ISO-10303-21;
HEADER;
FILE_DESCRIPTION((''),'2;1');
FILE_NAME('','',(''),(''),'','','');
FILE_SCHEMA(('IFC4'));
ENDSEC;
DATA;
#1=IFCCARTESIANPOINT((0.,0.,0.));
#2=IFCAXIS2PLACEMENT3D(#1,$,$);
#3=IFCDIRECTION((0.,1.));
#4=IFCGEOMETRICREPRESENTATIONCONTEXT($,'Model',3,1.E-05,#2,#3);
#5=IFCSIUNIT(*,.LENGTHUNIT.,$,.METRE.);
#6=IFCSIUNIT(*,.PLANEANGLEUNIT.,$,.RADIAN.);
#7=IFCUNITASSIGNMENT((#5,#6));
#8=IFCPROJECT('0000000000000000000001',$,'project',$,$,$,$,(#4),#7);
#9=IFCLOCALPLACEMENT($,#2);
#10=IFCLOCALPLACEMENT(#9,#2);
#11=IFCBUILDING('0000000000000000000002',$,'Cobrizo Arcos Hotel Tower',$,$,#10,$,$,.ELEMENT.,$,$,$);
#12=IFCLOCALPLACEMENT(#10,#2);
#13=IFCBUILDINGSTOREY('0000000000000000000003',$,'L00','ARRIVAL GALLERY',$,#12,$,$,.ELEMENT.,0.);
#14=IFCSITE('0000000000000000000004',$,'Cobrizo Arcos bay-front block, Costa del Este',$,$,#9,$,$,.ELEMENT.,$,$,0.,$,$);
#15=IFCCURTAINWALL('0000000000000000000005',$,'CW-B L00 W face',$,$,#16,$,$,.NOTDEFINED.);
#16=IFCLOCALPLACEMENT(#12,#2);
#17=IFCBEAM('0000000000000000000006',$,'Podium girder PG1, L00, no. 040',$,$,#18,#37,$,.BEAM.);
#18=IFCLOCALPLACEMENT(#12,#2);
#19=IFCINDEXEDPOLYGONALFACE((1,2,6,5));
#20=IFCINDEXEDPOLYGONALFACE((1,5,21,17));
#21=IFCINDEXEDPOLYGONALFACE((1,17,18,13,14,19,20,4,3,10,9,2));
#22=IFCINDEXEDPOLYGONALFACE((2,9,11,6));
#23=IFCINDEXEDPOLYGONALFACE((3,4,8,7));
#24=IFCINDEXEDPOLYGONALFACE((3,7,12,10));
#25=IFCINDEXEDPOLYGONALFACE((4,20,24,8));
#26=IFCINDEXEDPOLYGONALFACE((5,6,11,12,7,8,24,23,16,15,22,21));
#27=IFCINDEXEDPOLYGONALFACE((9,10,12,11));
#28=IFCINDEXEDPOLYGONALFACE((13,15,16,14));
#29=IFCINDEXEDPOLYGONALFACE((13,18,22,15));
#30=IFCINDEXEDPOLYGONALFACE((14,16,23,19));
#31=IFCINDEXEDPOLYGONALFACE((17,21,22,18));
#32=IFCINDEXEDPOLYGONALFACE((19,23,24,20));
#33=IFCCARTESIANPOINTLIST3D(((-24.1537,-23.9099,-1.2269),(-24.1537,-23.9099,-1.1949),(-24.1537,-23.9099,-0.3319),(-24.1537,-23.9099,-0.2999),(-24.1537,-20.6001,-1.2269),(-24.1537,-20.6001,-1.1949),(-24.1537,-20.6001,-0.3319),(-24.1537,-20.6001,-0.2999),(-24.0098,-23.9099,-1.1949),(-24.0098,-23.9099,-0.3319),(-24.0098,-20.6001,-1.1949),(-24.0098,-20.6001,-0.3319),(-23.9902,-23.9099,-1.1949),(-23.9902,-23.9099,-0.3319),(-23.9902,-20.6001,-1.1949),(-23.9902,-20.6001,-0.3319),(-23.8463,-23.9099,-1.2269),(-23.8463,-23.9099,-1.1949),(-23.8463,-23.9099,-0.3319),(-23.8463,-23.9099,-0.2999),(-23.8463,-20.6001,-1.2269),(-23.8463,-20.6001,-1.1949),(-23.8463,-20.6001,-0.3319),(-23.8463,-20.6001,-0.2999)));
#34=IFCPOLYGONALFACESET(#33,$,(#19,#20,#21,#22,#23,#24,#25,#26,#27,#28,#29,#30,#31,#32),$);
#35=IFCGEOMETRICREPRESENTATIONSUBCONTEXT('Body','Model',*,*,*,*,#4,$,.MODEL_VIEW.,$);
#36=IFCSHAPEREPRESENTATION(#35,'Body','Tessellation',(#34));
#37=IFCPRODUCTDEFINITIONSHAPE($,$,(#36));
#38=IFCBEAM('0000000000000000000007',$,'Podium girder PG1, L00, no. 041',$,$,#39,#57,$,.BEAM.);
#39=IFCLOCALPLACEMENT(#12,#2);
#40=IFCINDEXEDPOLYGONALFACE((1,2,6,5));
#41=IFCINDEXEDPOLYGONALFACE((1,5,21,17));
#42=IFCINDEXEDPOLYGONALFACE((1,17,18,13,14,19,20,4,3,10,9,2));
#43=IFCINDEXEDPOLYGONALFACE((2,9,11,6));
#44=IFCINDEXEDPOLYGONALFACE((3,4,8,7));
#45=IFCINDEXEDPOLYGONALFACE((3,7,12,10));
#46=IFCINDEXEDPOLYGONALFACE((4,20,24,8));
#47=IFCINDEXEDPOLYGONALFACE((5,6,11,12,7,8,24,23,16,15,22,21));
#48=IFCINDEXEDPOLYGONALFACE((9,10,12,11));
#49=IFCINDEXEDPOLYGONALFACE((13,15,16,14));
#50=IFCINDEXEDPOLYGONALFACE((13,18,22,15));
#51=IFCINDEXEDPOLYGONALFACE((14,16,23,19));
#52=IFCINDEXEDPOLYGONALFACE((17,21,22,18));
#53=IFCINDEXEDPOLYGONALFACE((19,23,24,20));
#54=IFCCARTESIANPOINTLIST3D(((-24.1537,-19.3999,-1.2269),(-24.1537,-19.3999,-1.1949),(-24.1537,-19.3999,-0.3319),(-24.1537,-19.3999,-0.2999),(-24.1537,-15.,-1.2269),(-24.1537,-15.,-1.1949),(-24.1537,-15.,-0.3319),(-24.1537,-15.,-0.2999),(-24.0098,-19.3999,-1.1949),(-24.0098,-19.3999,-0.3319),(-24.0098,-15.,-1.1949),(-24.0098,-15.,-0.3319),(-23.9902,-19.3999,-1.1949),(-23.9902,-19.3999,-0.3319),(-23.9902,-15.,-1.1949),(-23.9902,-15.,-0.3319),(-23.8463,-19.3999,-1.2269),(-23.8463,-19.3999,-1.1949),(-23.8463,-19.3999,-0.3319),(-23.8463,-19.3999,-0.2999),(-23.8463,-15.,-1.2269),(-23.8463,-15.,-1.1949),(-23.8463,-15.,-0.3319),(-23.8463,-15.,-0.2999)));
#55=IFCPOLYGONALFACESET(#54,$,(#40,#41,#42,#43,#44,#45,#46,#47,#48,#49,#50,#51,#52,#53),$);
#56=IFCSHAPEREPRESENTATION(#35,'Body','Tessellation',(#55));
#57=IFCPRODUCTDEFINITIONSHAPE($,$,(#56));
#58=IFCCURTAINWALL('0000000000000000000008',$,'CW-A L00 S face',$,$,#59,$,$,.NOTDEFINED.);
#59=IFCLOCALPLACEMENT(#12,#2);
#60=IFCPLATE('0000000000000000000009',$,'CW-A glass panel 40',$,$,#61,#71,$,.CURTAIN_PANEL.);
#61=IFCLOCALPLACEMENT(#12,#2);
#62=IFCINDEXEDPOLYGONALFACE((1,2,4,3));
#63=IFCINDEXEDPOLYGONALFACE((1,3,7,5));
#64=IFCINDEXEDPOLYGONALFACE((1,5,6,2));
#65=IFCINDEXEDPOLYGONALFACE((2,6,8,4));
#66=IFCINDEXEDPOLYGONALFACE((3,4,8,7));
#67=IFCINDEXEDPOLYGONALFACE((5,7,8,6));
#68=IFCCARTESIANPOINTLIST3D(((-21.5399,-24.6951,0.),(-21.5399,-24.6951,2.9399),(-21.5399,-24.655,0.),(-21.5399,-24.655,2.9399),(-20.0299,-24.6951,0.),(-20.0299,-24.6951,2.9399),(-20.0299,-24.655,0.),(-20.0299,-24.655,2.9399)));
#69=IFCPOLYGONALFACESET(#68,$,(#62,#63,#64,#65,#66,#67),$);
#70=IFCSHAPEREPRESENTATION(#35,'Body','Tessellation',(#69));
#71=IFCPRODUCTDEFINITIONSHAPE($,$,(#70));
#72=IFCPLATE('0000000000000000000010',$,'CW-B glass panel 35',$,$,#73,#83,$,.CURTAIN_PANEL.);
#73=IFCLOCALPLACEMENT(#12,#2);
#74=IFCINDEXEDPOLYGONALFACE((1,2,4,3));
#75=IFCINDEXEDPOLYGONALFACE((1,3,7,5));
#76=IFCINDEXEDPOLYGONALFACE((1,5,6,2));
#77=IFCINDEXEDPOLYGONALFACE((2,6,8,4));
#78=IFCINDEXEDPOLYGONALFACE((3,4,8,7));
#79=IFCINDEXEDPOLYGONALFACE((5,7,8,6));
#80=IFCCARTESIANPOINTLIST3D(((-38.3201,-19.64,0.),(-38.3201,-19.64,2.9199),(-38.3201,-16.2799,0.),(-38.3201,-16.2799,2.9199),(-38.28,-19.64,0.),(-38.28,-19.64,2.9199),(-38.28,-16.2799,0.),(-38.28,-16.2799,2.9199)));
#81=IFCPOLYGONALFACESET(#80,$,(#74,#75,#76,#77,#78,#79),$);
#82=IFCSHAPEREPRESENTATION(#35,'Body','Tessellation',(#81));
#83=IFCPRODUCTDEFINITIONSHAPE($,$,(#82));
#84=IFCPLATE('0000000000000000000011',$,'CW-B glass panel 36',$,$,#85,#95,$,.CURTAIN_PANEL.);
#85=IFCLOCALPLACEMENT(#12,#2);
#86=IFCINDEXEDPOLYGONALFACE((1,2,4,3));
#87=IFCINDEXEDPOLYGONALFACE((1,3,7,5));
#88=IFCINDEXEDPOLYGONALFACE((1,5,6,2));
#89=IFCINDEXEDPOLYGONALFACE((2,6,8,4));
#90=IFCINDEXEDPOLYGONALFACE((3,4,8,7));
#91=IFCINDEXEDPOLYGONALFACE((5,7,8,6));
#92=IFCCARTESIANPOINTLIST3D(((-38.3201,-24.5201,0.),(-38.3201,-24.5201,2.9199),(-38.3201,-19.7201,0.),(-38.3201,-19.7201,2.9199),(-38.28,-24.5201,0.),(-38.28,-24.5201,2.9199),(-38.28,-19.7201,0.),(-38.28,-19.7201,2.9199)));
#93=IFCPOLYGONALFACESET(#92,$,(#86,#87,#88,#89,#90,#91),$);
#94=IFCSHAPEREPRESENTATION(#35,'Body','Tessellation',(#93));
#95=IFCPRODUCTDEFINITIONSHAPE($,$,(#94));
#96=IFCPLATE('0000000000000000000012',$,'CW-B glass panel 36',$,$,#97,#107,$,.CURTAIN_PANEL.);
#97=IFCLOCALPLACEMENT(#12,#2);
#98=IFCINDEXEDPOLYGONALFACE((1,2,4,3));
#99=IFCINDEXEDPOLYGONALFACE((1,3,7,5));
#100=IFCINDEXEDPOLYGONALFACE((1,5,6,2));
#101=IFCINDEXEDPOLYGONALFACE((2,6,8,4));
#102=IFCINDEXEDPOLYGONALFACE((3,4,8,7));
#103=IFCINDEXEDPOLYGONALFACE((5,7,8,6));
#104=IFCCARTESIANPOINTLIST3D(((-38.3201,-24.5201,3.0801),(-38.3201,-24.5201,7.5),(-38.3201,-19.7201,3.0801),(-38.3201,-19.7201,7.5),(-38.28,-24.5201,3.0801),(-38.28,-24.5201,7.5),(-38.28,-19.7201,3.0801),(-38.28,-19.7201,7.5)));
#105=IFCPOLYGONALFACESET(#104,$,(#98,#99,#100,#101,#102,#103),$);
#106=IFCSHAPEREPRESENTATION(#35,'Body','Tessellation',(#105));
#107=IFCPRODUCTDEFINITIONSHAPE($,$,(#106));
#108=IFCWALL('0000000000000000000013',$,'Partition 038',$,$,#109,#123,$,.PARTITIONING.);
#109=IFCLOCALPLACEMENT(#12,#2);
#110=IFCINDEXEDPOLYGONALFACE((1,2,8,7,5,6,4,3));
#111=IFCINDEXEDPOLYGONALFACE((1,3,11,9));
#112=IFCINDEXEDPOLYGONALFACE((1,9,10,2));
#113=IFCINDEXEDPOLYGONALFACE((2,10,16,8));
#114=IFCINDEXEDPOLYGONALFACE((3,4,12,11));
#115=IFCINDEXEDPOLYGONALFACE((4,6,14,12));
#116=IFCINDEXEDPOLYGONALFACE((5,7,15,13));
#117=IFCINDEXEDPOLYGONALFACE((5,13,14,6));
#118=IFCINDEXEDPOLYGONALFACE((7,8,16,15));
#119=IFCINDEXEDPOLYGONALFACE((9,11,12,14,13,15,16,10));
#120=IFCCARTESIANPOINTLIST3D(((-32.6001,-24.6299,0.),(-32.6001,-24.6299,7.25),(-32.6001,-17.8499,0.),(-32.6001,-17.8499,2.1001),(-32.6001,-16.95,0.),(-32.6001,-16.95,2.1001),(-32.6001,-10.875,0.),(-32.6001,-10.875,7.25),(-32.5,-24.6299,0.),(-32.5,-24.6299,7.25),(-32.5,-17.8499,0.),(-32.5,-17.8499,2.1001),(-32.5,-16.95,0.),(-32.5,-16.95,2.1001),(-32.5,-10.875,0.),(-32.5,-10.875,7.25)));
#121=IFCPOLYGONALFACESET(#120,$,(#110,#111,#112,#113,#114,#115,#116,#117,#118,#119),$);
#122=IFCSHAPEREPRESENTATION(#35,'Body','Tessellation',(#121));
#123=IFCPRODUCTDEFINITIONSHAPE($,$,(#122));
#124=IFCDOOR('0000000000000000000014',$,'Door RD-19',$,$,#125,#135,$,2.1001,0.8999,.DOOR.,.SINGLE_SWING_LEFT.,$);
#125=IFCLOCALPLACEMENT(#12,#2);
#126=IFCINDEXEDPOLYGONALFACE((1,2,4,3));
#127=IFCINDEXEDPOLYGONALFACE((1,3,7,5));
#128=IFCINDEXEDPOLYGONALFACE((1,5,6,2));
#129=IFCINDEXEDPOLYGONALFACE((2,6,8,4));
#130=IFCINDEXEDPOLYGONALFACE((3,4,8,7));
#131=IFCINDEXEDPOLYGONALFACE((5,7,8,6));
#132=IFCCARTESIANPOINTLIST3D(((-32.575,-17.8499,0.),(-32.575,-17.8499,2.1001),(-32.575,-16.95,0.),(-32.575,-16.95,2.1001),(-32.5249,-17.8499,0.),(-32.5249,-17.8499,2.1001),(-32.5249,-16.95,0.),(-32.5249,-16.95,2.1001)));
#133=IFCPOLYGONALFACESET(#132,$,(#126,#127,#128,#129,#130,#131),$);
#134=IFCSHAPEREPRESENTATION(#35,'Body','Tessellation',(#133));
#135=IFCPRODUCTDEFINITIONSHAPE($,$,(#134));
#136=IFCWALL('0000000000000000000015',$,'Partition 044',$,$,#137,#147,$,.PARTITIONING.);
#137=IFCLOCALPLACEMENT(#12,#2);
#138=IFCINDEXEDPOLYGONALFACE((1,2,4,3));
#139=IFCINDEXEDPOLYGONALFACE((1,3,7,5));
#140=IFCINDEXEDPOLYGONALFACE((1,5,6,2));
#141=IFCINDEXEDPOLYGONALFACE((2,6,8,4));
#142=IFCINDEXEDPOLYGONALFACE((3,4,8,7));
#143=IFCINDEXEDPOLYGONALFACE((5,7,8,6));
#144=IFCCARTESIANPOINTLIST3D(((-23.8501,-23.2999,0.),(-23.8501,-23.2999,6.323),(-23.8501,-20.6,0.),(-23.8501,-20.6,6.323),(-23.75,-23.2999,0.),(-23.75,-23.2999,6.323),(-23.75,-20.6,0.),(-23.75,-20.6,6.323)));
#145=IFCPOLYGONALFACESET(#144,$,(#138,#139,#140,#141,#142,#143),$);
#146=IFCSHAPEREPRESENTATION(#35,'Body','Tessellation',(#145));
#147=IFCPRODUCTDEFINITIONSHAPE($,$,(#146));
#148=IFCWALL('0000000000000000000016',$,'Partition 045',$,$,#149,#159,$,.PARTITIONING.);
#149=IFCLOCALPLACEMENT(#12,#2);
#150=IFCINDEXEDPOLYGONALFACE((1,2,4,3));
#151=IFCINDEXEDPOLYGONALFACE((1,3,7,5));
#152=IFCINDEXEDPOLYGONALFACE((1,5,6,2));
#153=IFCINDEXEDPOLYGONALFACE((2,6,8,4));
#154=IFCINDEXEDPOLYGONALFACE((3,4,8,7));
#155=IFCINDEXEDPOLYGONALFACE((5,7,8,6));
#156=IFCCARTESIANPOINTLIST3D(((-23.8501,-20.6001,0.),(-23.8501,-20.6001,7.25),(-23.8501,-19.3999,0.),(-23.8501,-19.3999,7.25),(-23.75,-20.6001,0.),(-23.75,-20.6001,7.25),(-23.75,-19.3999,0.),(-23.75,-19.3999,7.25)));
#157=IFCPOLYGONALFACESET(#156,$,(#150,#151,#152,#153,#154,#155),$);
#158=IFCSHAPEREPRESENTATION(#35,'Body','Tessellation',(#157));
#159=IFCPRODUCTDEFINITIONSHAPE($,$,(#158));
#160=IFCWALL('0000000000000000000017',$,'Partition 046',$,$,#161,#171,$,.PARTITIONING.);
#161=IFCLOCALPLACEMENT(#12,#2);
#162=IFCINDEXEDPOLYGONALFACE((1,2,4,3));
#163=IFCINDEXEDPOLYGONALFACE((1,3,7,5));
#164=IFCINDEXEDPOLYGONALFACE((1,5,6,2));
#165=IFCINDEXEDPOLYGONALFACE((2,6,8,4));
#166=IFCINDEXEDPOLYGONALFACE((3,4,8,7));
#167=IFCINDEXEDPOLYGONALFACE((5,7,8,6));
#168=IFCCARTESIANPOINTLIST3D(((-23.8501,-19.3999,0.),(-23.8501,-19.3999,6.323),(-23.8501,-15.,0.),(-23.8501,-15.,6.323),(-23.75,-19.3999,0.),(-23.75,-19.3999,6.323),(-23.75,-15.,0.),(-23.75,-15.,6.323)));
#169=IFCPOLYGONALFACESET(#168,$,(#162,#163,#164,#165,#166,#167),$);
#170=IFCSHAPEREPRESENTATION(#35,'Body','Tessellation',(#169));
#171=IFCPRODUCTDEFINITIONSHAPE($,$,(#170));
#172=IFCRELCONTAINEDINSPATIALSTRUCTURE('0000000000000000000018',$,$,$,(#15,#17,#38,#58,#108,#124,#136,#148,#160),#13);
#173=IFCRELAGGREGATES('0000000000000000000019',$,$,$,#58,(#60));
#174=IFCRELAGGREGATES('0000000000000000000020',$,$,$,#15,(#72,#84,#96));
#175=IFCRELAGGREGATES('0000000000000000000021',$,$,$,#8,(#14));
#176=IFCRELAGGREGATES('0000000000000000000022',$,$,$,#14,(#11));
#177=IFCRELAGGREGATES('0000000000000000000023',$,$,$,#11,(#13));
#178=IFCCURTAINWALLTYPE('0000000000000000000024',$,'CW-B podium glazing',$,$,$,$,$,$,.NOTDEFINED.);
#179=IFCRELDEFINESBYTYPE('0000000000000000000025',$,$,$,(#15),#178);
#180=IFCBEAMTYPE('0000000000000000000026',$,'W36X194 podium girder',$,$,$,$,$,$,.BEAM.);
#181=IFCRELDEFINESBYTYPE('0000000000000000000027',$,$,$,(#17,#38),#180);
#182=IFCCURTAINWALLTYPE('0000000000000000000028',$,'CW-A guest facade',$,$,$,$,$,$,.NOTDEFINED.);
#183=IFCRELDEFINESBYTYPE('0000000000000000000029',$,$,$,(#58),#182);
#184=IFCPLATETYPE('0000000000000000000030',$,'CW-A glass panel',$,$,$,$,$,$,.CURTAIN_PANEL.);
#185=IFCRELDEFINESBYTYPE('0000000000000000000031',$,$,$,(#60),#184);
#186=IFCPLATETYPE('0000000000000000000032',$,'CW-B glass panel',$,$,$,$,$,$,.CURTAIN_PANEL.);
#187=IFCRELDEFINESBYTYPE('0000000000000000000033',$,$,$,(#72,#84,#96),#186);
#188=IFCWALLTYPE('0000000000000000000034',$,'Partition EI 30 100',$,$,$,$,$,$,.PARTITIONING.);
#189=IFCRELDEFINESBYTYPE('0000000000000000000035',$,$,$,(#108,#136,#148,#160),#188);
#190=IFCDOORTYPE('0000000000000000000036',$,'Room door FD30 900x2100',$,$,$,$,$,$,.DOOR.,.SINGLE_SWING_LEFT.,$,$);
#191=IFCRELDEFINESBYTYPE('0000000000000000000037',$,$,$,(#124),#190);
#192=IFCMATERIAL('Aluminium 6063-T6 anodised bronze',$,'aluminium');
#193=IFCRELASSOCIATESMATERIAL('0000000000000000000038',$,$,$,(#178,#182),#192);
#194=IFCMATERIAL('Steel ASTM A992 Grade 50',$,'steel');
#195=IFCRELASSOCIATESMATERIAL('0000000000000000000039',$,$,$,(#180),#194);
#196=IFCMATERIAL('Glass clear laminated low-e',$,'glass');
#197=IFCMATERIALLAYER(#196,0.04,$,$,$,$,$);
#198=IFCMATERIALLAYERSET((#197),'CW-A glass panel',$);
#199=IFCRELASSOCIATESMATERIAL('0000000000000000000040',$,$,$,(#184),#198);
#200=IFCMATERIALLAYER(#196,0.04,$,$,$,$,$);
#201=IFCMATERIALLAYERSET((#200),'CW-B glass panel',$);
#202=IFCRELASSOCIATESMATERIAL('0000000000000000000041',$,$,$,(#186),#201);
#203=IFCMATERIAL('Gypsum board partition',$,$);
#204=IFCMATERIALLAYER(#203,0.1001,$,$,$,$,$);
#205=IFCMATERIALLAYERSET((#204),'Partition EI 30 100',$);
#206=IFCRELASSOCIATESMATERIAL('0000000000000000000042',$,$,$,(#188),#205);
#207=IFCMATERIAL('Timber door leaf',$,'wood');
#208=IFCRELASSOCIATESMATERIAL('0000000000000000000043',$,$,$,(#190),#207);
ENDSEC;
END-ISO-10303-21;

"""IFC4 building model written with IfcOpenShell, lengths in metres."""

from ifc_helpers import new_model, si_unit, direction, frame, frame_2d, origin, origin_2d, place, context, subcontext, project, spatial, rectangle, i_section, extrude, material, layer, layer_set, material_profile, profile_set, type_object, element, fill, aggregate, save


model = new_model("IFC4")

# Units and contexts
model_context = context("Model", 3, precision=1e-05, world=origin(), true_north=direction((0.0, 1.0)))
body_context = subcontext(model_context, "Body", "Model", "MODEL_VIEW")
ifc_project = project(units=[si_unit("LENGTHUNIT", "METRE"), si_unit("PLANEANGLEUNIT", "RADIAN")], contexts=[model_context])

# Site, building, storey
site_placement = place(None, origin())
site = spatial("IfcSite", under=ifc_project, at=site_placement, Name="Cobrizo Arcos bay-front block, Costa del Este", CompositionType="ELEMENT", RefElevation=0.0)
building_placement = place(site_placement, origin())
building = spatial("IfcBuilding", under=site, at=building_placement, Name="Cobrizo Arcos Hotel Tower", CompositionType="ELEMENT")
storey_placement = place(building_placement, origin())
storey = spatial("IfcBuildingStorey", under=building, at=storey_placement, Name="L00", Description="ARRIVAL GALLERY", CompositionType="ELEMENT", Elevation=0.0)

# Curtain wall
ifc_material_1 = material(Name="Aluminium 6063-T6 anodised bronze", Category="aluminium")
curtain_wall_type_1 = type_object("IfcCurtainWallType", Name="CW-B podium glazing", PredefinedType="NOTDEFINED", material=ifc_material_1)
curtain_wall_1_placement = place(storey_placement, origin())
curtain_wall_1 = element("IfcCurtainWall", 1, at=curtain_wall_1_placement, inside=storey, type_object=curtain_wall_type_1, Name="CW-B L00 W face", PredefinedType="NOTDEFINED")

# Beams
ifc_material_2 = material(Name="Steel ASTM A992 Grade 50", Category="steel")
ifc_material_profile_1 = material_profile(ifc_material_2, i_section(OverallWidth=0.3074, OverallDepth=0.927, WebThickness=0.0195, FlangeThickness=0.032, at=origin_2d()), Name="W36X194")
ifc_profile_set_1 = profile_set([ifc_material_profile_1], Name="Steel ASTM A992 Grade 50")
beam_type_1 = type_object("IfcBeamType", Name="W36X194 podium girder", PredefinedType="BEAM", material=ifc_profile_set_1)
beam_1_placement = place(storey_placement, frame((-24.0, -23.9099, -0.7634), z_axis=(0.0, 1.0, 0.0), x_axis=(-1.0, 0.0, 0.0)))
element("IfcBeam", 2, at=beam_1_placement, inside=storey, type_object=beam_type_1, Name="Podium girder PG1, L00, no. 040", PredefinedType="BEAM", context=body_context, shape_type="SweptSolid", body=[
    extrude(i_section(OverallWidth=0.3074, OverallDepth=0.927, WebThickness=0.0195, FlangeThickness=0.032, at=origin_2d()), origin(), (0.0, 0.0, 1.0), 3.3098),
])
beam_2_placement = place(storey_placement, frame((-24.0, -19.3999, -0.7634), z_axis=(0.0, 1.0, 0.0), x_axis=(-1.0, 0.0, 0.0)))
element("IfcBeam", 3, at=beam_2_placement, inside=storey, type_object=beam_type_1, Name="Podium girder PG1, L00, no. 041", PredefinedType="BEAM", context=body_context, shape_type="SweptSolid", body=[
    extrude(i_section(OverallWidth=0.3074, OverallDepth=0.927, WebThickness=0.0195, FlangeThickness=0.032, at=origin_2d()), origin(), (0.0, 0.0, 1.0), 4.3999),
])

# Curtain wall, plate
curtain_wall_type_2 = type_object("IfcCurtainWallType", Name="CW-A guest facade", PredefinedType="NOTDEFINED", material=ifc_material_1)
curtain_wall_2_placement = place(storey_placement, origin())
curtain_wall_2 = element("IfcCurtainWall", 4, at=curtain_wall_2_placement, inside=storey, type_object=curtain_wall_type_2, Name="CW-A L00 S face", PredefinedType="NOTDEFINED")
ifc_material_3 = material(Name="Glass clear laminated low-e", Category="glass")
ifc_layer_1 = layer(ifc_material_3, 0.04)
ifc_layer_set_1 = layer_set([ifc_layer_1], Name="CW-A glass panel")
plate_type_1 = type_object("IfcPlateType", Name="CW-A glass panel", PredefinedType="CURTAIN_PANEL", material=ifc_layer_set_1)
plate_1_placement = place(storey_placement, frame((-20.7849, -24.675, 0.0), z_axis=(0.0, 0.0, 1.0), x_axis=(1.0, 0.0, 0.0)))
plate_1 = element("IfcPlate", 5, at=plate_1_placement, type_object=plate_type_1, Name="CW-A glass panel 40", PredefinedType="CURTAIN_PANEL", context=body_context, shape_type="SweptSolid", body=[
    extrude(rectangle(XDim=1.51, YDim=0.04, at=origin_2d()), origin(), (0.0, 0.0, 1.0), 2.9399),
])
aggregate(curtain_wall_2, [plate_1])

# Plates
ifc_layer_2 = layer(ifc_material_3, 0.04)
ifc_layer_set_2 = layer_set([ifc_layer_2], Name="CW-B glass panel")
plate_type_2 = type_object("IfcPlateType", Name="CW-B glass panel", PredefinedType="CURTAIN_PANEL", material=ifc_layer_set_2)
plate_2_placement = place(storey_placement, frame((-38.3, -17.96, 0.0), z_axis=(0.0, 0.0, 1.0), x_axis=(0.0, -1.0, 0.0)))
plate_2 = element("IfcPlate", 6, at=plate_2_placement, type_object=plate_type_2, Name="CW-B glass panel 35", PredefinedType="CURTAIN_PANEL", context=body_context, shape_type="SweptSolid", body=[
    extrude(rectangle(XDim=3.3601, YDim=0.04, at=origin_2d()), origin(), (0.0, 0.0, 1.0), 2.9199),
])
plate_3_placement = place(storey_placement, frame((-38.3, -22.1201, 0.0), z_axis=(0.0, 0.0, 1.0), x_axis=(0.0, -1.0, 0.0)))
plate_3 = element("IfcPlate", 7, at=plate_3_placement, type_object=plate_type_2, Name="CW-B glass panel 36", PredefinedType="CURTAIN_PANEL", context=body_context, shape_type="SweptSolid", body=[
    extrude(rectangle(XDim=4.8, YDim=0.04, at=origin_2d()), origin(), (0.0, 0.0, 1.0), 2.9199),
])
plate_4_placement = place(storey_placement, frame((-38.3, -22.1201, 3.0801), z_axis=(0.0, 0.0, 1.0), x_axis=(0.0, -1.0, 0.0)))
plate_4 = element("IfcPlate", 8, at=plate_4_placement, type_object=plate_type_2, Name="CW-B glass panel 36", PredefinedType="CURTAIN_PANEL", context=body_context, shape_type="SweptSolid", body=[
    extrude(rectangle(XDim=4.8, YDim=0.04, at=origin_2d()), origin(), (0.0, 0.0, 1.0), 4.4199),
])
aggregate(curtain_wall_1, [plate_2, plate_3, plate_4])

# Wall, opening, door
ifc_material_4 = material(Name="Gypsum board partition")
ifc_layer_3 = layer(ifc_material_4, 0.1001)
ifc_layer_set_3 = layer_set([ifc_layer_3], Name="Partition EI 30 100")
wall_type = type_object("IfcWallType", Name="Partition EI 30 100", PredefinedType="PARTITIONING", material=ifc_layer_set_3)
wall_1_placement = place(storey_placement, frame((-32.55, -24.6299, 0.0), z_axis=(0.0, 0.0, 1.0), x_axis=(0.0, 1.0, 0.0)))
wall_1 = element("IfcWall", 9, at=wall_1_placement, inside=storey, type_object=wall_type, Name="Partition 038", PredefinedType="PARTITIONING", context=body_context, shape_type="SweptSolid", body=[
    extrude(rectangle(XDim=13.7549, YDim=0.1001, at=frame_2d((6.8774, 0.0))), origin(), (0.0, 0.0, 1.0), 7.25),
])
opening_placement = place(wall_1_placement, frame((6.78, 0.0, 0.0)))
opening = element("IfcOpeningElement", 10, at=opening_placement, cuts=wall_1, PredefinedType="OPENING", context=body_context, shape_type="SweptSolid", body=[
    extrude(rectangle(XDim=0.8999, YDim=2.1001, at=frame_2d((0.45, 1.05))), frame((0.0, 0.062, 0.0), z_axis=(0.0, -1.0, 0.0), x_axis=(1.0, 0.0, 0.0)), (0.0, 0.0, 1.0), 0.124),
])
ifc_material_5 = material(Name="Timber door leaf", Category="wood")
door_type = type_object("IfcDoorType", Name="Room door FD30 900x2100", OperationType="SINGLE_SWING_LEFT", PredefinedType="DOOR", material=ifc_material_5)
door_placement = place(opening_placement, origin())
door = element("IfcDoor", 11, at=door_placement, inside=storey, type_object=door_type, Name="Door RD-19", OperationType="SINGLE_SWING_LEFT", OverallHeight=2.1001, OverallWidth=0.8999, PredefinedType="DOOR", context=body_context, shape_type="SweptSolid", body=[
    extrude(rectangle(XDim=0.8999, YDim=2.1001, at=frame_2d((0.45, 1.05))), frame((0.0, 0.0249, 0.0), z_axis=(0.0, -1.0, 0.0), x_axis=(1.0, 0.0, 0.0)), (0.0, 0.0, 1.0), 0.05),
])
fill(opening, door)

# Walls
wall_2_placement = place(storey_placement, frame((-23.8, -23.3, 0.0), z_axis=(0.0, 0.0, 1.0), x_axis=(0.0, 1.0, 0.0)))
element("IfcWall", 12, at=wall_2_placement, inside=storey, type_object=wall_type, Name="Partition 044", PredefinedType="PARTITIONING", context=body_context, shape_type="SweptSolid", body=[
    extrude(rectangle(XDim=2.7, YDim=0.1001, at=frame_2d((1.3501, 0.0))), origin(), (0.0, 0.0, 1.0), 6.323),
])
wall_3_placement = place(storey_placement, frame((-23.8, -20.6001, 0.0), z_axis=(0.0, 0.0, 1.0), x_axis=(0.0, 1.0, 0.0)))
element("IfcWall", 13, at=wall_3_placement, inside=storey, type_object=wall_type, Name="Partition 045", PredefinedType="PARTITIONING", context=body_context, shape_type="SweptSolid", body=[
    extrude(rectangle(XDim=1.2002, YDim=0.1001, at=frame_2d((0.6001, 0.0))), origin(), (0.0, 0.0, 1.0), 7.25),
])
wall_4_placement = place(storey_placement, frame((-23.8, -19.3999, 0.0), z_axis=(0.0, 0.0, 1.0), x_axis=(0.0, 1.0, 0.0)))
element("IfcWall", 14, at=wall_4_placement, inside=storey, type_object=wall_type, Name="Partition 046", PredefinedType="PARTITIONING", context=body_context, shape_type="SweptSolid", body=[
    extrude(rectangle(XDim=4.3999, YDim=0.1001, at=frame_2d((2.2, 0.0))), origin(), (0.0, 0.0, 1.0), 6.323),
])

save(model, "model.ifc")
